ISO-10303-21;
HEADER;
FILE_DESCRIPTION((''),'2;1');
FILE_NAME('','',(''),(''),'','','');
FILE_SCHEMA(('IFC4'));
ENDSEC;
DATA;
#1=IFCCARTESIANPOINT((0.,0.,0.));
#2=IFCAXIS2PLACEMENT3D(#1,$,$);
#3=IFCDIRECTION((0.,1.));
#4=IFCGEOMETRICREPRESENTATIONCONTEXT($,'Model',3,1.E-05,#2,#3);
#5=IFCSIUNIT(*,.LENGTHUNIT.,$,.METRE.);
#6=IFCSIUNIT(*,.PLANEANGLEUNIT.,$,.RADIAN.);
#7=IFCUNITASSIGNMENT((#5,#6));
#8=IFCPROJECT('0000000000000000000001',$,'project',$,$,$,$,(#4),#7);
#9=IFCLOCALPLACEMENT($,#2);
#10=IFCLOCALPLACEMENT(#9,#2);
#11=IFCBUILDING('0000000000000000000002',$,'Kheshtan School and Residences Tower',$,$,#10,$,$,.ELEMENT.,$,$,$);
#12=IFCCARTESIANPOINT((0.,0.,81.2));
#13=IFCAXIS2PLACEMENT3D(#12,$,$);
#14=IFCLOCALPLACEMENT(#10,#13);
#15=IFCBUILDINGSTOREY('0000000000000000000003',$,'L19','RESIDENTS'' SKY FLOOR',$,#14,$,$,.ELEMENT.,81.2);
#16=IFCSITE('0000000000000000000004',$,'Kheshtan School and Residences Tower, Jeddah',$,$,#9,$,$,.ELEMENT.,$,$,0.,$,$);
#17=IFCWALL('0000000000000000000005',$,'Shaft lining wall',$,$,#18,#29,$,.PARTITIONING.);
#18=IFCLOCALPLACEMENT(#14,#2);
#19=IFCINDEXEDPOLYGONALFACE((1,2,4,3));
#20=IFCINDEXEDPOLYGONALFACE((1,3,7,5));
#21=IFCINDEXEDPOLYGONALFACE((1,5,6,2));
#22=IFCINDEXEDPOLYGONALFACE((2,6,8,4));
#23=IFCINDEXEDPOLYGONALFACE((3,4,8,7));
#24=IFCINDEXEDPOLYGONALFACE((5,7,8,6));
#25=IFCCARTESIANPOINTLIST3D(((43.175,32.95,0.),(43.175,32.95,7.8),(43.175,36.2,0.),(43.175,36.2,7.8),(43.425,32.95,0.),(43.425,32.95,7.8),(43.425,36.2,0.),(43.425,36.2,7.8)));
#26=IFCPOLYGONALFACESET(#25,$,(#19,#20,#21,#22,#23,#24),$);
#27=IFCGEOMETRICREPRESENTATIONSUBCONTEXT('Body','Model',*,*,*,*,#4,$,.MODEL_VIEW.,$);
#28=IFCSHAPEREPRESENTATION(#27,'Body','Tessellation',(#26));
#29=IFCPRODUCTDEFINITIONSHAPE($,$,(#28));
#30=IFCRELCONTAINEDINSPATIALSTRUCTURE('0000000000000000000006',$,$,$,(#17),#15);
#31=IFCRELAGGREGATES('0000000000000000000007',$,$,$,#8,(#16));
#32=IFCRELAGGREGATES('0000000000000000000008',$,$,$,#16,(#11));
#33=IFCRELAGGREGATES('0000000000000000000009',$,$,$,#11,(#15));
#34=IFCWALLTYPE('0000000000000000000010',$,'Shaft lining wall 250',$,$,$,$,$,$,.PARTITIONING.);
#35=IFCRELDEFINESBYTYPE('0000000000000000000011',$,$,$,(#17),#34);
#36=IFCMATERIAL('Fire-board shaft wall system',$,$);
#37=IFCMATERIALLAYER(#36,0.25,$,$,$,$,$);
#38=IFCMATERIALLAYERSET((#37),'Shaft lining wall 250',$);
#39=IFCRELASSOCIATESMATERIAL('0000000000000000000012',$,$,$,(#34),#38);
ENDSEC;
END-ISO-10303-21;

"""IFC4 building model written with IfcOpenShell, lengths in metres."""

from ifc_helpers import new_model, si_unit, direction, frame, frame_2d, origin, place, context, subcontext, project, spatial, rectangle, extrude, material, layer, layer_set, type_object, element, save


model = new_model("IFC4")

# Units and contexts
model_context = context("Model", 3, precision=1e-05, world=origin(), true_north=direction((0.0, 1.0)))
body_context = subcontext(model_context, "Body", "Model", "MODEL_VIEW")
ifc_project = project(units=[si_unit("LENGTHUNIT", "METRE"), si_unit("PLANEANGLEUNIT", "RADIAN")], contexts=[model_context])

# Site, building, storey
site_placement = place(None, origin())
site = spatial("IfcSite", under=ifc_project, at=site_placement, Name="Kheshtan School and Residences Tower, Jeddah", CompositionType="ELEMENT", RefElevation=0.0)
building_placement = place(site_placement, origin())
building = spatial("IfcBuilding", under=site, at=building_placement, Name="Kheshtan School and Residences Tower", CompositionType="ELEMENT")
storey_placement = place(building_placement, frame((0.0, 0.0, 81.2)))
storey = spatial("IfcBuildingStorey", under=building, at=storey_placement, Name="L19", Description="RESIDENTS' SKY FLOOR", CompositionType="ELEMENT", Elevation=81.2)

# Wall
ifc_material_1 = material(Name="Fire-board shaft wall system")
ifc_layer_1 = layer(ifc_material_1, 0.25)
ifc_layer_set_1 = layer_set([ifc_layer_1], Name="Shaft lining wall 250")
wall_type_1 = type_object("IfcWallType", Name="Shaft lining wall 250", PredefinedType="PARTITIONING", material=ifc_layer_set_1)
for number, where, z_axis, x_axis, name in (
    (1, (43.3, 32.95, 0.0), (0.0, 0.0, 1.0), (0.0, 1.0, 0.0), "Shaft lining wall"),
):
    element("IfcWall", number, at=place(storey_placement, frame(where, z_axis=z_axis, x_axis=x_axis)), inside=storey, type_object=wall_type_1, Name=name, PredefinedType="PARTITIONING", context=body_context, shape_type="SweptSolid", body=[
        extrude(rectangle(XDim=3.25, YDim=0.25, at=frame_2d((1.625, 0.0))), origin(), (0.0, 0.0, 1.0), 7.8),
    ])

save(model, "model.ifc")
